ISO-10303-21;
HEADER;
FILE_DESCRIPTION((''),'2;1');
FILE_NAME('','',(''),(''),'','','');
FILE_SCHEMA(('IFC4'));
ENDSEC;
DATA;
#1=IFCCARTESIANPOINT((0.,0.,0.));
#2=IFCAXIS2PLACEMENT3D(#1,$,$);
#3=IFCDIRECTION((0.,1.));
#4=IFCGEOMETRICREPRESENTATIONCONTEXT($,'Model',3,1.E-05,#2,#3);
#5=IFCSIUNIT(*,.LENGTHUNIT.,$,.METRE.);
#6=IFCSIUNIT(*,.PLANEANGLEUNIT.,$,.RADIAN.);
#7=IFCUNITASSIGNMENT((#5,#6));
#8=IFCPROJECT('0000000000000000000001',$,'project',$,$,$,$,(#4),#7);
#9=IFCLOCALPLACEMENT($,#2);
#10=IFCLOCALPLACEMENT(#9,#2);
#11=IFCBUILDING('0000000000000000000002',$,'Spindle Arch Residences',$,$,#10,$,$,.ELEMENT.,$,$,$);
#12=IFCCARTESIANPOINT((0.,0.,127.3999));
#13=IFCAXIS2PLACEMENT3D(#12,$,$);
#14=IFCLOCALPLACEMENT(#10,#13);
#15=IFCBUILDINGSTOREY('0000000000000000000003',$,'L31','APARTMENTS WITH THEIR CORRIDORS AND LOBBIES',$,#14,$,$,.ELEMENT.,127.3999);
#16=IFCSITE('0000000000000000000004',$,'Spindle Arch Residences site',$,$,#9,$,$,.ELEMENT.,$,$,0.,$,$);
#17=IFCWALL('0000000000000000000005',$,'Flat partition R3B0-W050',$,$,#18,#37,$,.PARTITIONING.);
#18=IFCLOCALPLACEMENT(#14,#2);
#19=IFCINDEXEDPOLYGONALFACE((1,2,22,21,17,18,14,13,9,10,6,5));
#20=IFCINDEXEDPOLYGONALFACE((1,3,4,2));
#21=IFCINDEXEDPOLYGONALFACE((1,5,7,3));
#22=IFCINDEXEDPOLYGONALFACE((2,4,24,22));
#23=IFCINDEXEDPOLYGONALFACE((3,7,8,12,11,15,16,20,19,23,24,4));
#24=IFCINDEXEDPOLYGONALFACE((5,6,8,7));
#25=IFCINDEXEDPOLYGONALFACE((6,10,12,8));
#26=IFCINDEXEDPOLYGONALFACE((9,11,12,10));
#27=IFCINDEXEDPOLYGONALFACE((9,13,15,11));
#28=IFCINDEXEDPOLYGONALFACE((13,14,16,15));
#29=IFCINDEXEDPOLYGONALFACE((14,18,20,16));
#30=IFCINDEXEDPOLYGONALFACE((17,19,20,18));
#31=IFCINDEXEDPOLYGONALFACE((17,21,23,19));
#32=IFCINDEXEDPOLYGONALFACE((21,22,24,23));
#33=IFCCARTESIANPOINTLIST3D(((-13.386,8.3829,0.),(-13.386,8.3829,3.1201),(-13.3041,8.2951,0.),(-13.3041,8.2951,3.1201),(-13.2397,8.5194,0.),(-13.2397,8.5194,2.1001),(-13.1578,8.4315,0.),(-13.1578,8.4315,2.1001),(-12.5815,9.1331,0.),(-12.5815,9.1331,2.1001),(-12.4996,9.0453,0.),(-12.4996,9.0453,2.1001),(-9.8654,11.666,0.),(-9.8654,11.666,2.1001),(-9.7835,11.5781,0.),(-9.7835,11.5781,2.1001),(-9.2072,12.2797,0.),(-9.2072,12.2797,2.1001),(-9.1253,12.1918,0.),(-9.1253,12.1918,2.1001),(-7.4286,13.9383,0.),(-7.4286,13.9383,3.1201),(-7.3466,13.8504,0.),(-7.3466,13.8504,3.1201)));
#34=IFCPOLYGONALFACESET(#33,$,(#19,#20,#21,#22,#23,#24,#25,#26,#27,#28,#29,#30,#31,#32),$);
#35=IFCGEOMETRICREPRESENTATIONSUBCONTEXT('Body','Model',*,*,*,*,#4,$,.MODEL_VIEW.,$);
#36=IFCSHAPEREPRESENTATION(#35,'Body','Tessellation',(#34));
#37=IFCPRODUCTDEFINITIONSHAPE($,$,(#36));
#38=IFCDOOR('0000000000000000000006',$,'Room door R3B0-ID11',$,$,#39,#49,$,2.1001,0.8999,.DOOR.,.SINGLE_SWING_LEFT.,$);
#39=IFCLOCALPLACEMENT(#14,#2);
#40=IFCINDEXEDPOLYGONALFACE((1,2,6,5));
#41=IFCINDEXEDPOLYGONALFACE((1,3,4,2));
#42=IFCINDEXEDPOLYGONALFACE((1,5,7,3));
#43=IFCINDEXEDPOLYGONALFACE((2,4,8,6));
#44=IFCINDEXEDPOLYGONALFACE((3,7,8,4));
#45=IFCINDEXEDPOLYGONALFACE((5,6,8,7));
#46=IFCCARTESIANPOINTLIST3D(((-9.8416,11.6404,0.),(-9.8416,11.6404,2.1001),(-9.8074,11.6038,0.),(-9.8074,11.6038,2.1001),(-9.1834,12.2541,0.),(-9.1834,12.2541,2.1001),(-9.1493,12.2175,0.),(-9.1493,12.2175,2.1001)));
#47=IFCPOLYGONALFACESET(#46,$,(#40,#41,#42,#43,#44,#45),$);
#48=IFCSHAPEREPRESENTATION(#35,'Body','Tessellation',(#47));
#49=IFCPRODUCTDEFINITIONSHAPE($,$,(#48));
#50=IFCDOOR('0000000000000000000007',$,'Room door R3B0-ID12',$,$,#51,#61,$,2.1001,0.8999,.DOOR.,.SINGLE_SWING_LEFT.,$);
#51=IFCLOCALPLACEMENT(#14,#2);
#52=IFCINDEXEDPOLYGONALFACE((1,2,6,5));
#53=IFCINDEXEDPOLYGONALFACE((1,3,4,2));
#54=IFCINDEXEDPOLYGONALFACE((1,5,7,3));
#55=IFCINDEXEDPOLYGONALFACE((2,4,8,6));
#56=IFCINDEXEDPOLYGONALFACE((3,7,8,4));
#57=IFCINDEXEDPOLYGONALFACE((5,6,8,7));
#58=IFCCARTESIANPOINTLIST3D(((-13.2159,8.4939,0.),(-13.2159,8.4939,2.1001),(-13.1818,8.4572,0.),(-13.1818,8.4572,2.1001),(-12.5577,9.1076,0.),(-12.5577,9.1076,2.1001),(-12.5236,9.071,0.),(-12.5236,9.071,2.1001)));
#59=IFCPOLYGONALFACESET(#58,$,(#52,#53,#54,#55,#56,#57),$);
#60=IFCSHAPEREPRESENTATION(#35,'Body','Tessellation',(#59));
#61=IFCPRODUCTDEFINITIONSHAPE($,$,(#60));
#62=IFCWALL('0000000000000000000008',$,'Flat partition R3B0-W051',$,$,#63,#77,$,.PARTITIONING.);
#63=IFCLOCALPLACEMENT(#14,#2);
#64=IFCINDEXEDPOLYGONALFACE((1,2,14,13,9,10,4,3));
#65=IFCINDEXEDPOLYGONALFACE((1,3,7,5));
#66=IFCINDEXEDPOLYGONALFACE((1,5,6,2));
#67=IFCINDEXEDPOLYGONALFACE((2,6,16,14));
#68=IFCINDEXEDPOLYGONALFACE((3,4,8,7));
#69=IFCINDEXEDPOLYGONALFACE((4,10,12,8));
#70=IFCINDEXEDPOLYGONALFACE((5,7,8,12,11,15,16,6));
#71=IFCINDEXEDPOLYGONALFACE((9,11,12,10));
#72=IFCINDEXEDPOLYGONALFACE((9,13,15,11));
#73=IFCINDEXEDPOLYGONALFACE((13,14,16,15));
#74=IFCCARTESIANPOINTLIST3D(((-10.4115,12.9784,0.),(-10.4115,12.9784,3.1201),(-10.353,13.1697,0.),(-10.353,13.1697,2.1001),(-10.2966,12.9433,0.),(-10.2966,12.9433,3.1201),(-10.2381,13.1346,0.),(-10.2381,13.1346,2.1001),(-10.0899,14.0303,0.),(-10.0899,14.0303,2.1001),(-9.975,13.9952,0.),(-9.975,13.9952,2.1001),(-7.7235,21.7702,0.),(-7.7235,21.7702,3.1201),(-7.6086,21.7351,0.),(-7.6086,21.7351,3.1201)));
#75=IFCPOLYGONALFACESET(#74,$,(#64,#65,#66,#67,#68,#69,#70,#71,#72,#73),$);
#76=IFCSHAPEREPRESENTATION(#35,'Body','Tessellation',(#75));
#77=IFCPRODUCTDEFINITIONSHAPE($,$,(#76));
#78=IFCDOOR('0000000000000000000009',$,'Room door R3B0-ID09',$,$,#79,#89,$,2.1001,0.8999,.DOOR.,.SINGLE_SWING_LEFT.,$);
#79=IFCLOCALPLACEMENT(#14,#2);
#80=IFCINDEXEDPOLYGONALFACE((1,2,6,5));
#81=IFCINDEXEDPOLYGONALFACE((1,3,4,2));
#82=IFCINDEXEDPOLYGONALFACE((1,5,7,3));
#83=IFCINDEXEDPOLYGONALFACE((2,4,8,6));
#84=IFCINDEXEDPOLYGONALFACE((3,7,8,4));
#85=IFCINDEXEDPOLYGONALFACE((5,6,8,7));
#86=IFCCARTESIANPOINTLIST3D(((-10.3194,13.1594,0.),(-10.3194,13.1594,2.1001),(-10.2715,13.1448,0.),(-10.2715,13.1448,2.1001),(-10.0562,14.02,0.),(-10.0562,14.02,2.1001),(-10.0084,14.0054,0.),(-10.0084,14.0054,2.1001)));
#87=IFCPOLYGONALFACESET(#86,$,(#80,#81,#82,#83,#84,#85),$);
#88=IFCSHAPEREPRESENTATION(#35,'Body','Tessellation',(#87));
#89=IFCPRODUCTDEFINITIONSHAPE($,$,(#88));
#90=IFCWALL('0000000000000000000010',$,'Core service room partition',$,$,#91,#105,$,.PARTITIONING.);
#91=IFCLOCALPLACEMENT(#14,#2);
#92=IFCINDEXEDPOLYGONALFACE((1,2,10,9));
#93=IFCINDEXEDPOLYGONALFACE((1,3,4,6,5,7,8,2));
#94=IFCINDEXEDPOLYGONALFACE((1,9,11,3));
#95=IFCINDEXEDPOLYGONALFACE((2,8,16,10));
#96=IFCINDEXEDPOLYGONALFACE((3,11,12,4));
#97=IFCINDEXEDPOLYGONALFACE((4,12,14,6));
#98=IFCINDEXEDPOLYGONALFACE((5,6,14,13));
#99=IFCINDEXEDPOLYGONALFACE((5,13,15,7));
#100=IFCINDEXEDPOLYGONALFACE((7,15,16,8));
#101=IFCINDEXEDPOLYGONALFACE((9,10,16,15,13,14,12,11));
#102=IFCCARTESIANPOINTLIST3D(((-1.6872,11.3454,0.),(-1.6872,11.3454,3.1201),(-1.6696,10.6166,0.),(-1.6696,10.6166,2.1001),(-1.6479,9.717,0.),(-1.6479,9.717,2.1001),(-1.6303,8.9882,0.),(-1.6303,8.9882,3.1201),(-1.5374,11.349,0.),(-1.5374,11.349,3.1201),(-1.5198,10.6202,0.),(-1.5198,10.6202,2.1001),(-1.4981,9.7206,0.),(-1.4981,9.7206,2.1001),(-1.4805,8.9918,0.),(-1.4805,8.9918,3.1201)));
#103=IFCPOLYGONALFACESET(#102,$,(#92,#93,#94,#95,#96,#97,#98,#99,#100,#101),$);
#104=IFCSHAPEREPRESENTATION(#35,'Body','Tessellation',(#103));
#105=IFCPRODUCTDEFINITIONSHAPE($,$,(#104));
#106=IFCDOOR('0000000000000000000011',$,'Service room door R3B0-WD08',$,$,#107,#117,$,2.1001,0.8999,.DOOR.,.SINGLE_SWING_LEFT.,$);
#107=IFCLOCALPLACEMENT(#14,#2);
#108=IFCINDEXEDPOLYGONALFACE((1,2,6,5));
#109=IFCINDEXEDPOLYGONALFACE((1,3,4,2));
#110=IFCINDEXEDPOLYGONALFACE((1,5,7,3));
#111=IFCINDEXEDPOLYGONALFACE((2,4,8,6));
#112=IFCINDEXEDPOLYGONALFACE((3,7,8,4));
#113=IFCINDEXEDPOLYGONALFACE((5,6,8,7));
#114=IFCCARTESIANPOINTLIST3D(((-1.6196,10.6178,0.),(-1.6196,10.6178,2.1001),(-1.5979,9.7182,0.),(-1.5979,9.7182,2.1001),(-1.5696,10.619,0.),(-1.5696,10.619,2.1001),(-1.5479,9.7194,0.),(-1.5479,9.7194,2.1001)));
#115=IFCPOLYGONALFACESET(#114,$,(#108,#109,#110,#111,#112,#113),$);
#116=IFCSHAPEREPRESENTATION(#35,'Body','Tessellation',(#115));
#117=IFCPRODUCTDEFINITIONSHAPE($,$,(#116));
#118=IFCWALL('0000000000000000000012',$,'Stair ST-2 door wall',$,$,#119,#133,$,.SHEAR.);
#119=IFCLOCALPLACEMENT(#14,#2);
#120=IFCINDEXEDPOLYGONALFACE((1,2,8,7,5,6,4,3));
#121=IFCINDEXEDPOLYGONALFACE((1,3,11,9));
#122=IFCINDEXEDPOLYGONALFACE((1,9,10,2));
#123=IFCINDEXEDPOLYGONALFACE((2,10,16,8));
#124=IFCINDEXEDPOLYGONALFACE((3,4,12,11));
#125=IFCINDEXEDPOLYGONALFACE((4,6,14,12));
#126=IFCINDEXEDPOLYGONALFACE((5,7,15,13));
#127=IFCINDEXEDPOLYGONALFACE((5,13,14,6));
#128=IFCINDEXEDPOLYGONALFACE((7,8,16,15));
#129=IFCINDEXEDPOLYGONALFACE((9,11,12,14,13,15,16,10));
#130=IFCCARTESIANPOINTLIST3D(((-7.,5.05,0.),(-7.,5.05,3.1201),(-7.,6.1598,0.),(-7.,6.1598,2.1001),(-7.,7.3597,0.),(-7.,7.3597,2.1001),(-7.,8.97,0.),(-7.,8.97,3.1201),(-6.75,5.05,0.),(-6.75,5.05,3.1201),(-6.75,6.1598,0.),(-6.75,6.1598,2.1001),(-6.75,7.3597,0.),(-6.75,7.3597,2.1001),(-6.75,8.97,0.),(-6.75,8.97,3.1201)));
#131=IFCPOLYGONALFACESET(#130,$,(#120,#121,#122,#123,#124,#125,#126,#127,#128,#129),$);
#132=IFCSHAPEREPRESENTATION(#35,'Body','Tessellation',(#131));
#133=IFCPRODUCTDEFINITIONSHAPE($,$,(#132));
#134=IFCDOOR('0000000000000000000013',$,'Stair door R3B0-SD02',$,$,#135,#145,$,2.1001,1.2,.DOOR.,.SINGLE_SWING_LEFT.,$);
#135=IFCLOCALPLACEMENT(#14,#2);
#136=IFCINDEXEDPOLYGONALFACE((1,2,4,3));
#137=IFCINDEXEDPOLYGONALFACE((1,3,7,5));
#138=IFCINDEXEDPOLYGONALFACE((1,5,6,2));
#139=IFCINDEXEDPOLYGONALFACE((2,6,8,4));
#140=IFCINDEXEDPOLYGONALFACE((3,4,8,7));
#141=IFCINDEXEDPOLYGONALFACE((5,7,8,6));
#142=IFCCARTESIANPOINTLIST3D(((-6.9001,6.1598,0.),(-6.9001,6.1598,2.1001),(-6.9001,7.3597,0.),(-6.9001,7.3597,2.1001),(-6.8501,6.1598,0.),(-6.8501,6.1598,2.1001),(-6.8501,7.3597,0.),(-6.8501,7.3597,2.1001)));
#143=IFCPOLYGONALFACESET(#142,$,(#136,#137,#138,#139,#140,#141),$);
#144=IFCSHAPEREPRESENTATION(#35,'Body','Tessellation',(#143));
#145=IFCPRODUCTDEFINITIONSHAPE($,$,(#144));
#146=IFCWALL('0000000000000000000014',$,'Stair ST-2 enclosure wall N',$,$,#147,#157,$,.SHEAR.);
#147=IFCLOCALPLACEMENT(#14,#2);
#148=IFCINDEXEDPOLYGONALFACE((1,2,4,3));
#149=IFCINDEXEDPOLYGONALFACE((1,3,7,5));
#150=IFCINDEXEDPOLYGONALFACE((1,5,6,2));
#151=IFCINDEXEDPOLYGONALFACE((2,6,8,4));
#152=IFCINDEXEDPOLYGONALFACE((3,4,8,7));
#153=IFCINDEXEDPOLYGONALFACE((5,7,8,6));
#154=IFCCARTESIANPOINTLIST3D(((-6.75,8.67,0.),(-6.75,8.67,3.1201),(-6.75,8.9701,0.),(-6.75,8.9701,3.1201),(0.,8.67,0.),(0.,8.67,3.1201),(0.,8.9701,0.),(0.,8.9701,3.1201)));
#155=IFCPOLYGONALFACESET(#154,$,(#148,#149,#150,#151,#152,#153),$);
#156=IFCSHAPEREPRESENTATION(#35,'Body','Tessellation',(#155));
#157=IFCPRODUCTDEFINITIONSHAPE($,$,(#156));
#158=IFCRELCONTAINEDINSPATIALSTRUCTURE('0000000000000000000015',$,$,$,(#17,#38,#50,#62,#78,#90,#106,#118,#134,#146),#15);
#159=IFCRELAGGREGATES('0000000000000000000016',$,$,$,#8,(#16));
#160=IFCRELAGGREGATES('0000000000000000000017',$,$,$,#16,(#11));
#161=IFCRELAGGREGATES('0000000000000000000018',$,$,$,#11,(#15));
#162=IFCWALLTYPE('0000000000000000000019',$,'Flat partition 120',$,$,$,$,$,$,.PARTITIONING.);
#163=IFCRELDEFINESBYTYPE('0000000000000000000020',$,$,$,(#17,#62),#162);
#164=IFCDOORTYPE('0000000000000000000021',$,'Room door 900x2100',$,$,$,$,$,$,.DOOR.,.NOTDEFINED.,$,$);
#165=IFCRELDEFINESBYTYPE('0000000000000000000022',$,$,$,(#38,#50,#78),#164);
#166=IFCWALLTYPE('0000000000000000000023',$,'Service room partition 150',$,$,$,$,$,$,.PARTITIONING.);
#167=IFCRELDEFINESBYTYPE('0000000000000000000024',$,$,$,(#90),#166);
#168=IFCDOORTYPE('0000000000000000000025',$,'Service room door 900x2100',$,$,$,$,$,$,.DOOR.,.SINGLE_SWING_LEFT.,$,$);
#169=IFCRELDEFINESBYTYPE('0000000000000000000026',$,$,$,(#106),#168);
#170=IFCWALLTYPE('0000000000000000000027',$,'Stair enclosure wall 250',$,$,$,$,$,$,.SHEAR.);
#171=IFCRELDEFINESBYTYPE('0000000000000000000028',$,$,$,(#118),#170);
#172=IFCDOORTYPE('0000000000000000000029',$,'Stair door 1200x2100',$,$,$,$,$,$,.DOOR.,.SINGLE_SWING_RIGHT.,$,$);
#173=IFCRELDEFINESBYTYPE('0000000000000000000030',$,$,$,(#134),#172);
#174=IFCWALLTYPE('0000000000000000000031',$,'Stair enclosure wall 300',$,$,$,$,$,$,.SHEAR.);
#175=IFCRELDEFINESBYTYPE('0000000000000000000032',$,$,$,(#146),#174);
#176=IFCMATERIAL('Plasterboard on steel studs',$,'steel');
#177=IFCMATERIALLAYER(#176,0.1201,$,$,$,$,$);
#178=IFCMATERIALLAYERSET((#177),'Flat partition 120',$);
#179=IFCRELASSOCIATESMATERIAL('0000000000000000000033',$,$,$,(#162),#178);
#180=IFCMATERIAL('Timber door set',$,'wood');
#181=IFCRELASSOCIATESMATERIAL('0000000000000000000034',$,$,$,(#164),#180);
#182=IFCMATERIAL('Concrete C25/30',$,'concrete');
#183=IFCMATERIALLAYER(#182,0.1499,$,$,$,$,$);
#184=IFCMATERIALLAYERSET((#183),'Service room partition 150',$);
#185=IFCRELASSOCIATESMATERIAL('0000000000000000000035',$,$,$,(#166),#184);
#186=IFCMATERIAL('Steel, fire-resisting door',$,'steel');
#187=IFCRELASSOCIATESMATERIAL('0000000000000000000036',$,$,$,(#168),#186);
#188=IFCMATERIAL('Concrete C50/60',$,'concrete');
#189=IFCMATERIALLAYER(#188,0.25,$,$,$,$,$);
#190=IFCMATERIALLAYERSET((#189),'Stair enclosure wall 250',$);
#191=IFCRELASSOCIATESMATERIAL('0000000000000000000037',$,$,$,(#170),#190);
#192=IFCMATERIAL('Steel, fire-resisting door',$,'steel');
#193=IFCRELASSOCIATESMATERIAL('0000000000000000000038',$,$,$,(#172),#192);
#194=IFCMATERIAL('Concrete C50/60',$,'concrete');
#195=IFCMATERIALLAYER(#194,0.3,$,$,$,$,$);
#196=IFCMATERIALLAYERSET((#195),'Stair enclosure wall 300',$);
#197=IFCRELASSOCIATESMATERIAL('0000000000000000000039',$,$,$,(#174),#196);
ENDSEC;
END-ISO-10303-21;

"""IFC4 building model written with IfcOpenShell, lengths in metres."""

from ifc_helpers import new_model, si_unit, direction, frame, frame_2d, origin, place, context, subcontext, project, spatial, rectangle, extrude, material, layer, layer_set, type_object, element, fill, save


model = new_model("IFC4")

# Units and contexts
model_context = context("Model", 3, precision=1e-05, world=origin(), true_north=direction((0.0, 1.0)))
body_context = subcontext(model_context, "Body", "Model", "MODEL_VIEW")
ifc_project = project(units=[si_unit("LENGTHUNIT", "METRE"), si_unit("PLANEANGLEUNIT", "RADIAN")], contexts=[model_context])

# Site, building, storey
site_placement = place(None, origin())
site = spatial("IfcSite", under=ifc_project, at=site_placement, Name="Spindle Arch Residences site", CompositionType="ELEMENT", RefElevation=0.0)
building_placement = place(site_placement, origin())
building = spatial("IfcBuilding", under=site, at=building_placement, Name="Spindle Arch Residences", CompositionType="ELEMENT")
storey_placement = place(building_placement, frame((0.0, 0.0, 127.3999)))
storey = spatial("IfcBuildingStorey", under=building, at=storey_placement, Name="L31", Description="APARTMENTS WITH THEIR CORRIDORS AND LOBBIES", CompositionType="ELEMENT", Elevation=127.3999)

# Shared definitions
ifc_material_1 = material(Name="Plasterboard on steel studs", Category="steel")
ifc_layer_1 = layer(ifc_material_1, 0.1201)
ifc_layer_set_1 = layer_set([ifc_layer_1], Name="Flat partition 120")
wall_type_1 = type_object("IfcWallType", Name="Flat partition 120", PredefinedType="PARTITIONING", material=ifc_layer_set_1)
ifc_material_2 = material(Name="Timber door set", Category="wood")
door_type_1 = type_object("IfcDoorType", Name="Room door 900x2100", OperationType="NOTDEFINED", PredefinedType="DOOR", material=ifc_material_2)

# Wall, openings, doors
wall_1_placement = place(storey_placement, frame((-7.3877, 13.8943, 0.0), z_axis=(0.0, 0.0, 1.0), x_axis=(-0.731357, -0.681995, 0.0)))
wall_1 = element("IfcWall", 1, at=wall_1_placement, inside=storey, type_object=wall_type_1, Name="Flat partition R3B0-W050", PredefinedType="PARTITIONING", context=body_context, shape_type="SweptSolid", body=[
    extrude(rectangle(XDim=8.1458, YDim=0.1201, at=frame_2d((4.0728, 0.0))), origin(), (0.0, 0.0, 1.0), 3.1201),
])
opening_1_placement = place(wall_1_placement, frame((2.4319, 0.0, 0.0)))
opening_1 = element("IfcOpeningElement", 2, at=opening_1_placement, cuts=wall_1, PredefinedType="OPENING", context=body_context, shape_type="SweptSolid", body=[
    extrude(rectangle(XDim=0.8999, YDim=2.1001, at=frame_2d((0.45, 1.05))), frame((0.0, 0.0701, 0.0), z_axis=(0.0, -1.0, 0.0), x_axis=(1.0, 0.0, 0.0)), (0.0, 0.0, 1.0), 0.1401),
])
opening_2_placement = place(wall_1_placement, frame((7.0457, 0.0, 0.0)))
opening_2 = element("IfcOpeningElement", 3, at=opening_2_placement, cuts=wall_1, PredefinedType="OPENING", context=body_context, shape_type="SweptSolid", body=[
    extrude(rectangle(XDim=0.8999, YDim=2.1001, at=frame_2d((0.45, 1.05))), frame((0.0, 0.0701, 0.0), z_axis=(0.0, -1.0, 0.0), x_axis=(1.0, 0.0, 0.0)), (0.0, 0.0, 1.0), 0.1401),
])
door_1_placement = place(opening_1_placement, origin())
door_1 = element("IfcDoor", 4, at=door_1_placement, inside=storey, type_object=door_type_1, Name="Room door R3B0-ID11", OperationType="SINGLE_SWING_LEFT", OverallHeight=2.1001, OverallWidth=0.8999, PredefinedType="DOOR", context=body_context, shape_type="SweptSolid", body=[
    extrude(rectangle(XDim=0.8999, YDim=2.1001, at=frame_2d((0.45, 1.05))), frame((0.0, 0.0249, 0.0), z_axis=(0.0, -1.0, 0.0), x_axis=(1.0, 0.0, 0.0)), (0.0, 0.0, 1.0), 0.05),
])
fill(opening_1, door_1)
door_2_placement = place(opening_2_placement, origin())
door_2 = element("IfcDoor", 5, at=door_2_placement, inside=storey, type_object=door_type_1, Name="Room door R3B0-ID12", OperationType="SINGLE_SWING_LEFT", OverallHeight=2.1001, OverallWidth=0.8999, PredefinedType="DOOR", context=body_context, shape_type="SweptSolid", body=[
    extrude(rectangle(XDim=0.8999, YDim=2.1001, at=frame_2d((0.45, 1.05))), frame((0.0, 0.0249, 0.0), z_axis=(0.0, -1.0, 0.0), x_axis=(1.0, 0.0, 0.0)), (0.0, 0.0, 1.0), 0.05),
])
fill(opening_2, door_2)

# Walls, openings, doors
wall_2_placement = place(storey_placement, frame((-10.354, 12.9609, 0.0), z_axis=(0.0, 0.0, 1.0), x_axis=(0.29238, 0.956302, 0.0)))
wall_2 = element("IfcWall", 6, at=wall_2_placement, inside=storey, type_object=wall_type_1, Name="Flat partition R3B0-W051", PredefinedType="PARTITIONING", context=body_context, shape_type="SweptSolid", body=[
    extrude(rectangle(XDim=9.1936, YDim=0.1201, at=frame_2d((4.5967, 0.0))), origin(), (0.0, 0.0, 1.0), 3.1201),
])
opening_3_placement = place(wall_2_placement, frame((0.2, 0.0, 0.0)))
opening_3 = element("IfcOpeningElement", 7, at=opening_3_placement, cuts=wall_2, PredefinedType="OPENING", context=body_context, shape_type="SweptSolid", body=[
    extrude(rectangle(XDim=0.8999, YDim=2.1001, at=frame_2d((0.45, 1.05))), frame((0.0, 0.0701, 0.0), z_axis=(0.0, -1.0, 0.0), x_axis=(1.0, 0.0, 0.0)), (0.0, 0.0, 1.0), 0.1401),
])
door_3_placement = place(opening_3_placement, origin())
door_3 = element("IfcDoor", 8, at=door_3_placement, inside=storey, type_object=door_type_1, Name="Room door R3B0-ID09", OperationType="SINGLE_SWING_LEFT", OverallHeight=2.1001, OverallWidth=0.8999, PredefinedType="DOOR", context=body_context, shape_type="SweptSolid", body=[
    extrude(rectangle(XDim=0.8999, YDim=2.1001, at=frame_2d((0.45, 1.05))), frame((0.0, 0.0249, 0.0), z_axis=(0.0, -1.0, 0.0), x_axis=(1.0, 0.0, 0.0)), (0.0, 0.0, 1.0), 0.05),
])
fill(opening_3, door_3)
ifc_material_3 = material(Name="Concrete C25/30", Category="concrete")
ifc_layer_2 = layer(ifc_material_3, 0.1499)
ifc_layer_set_2 = layer_set([ifc_layer_2], Name="Service room partition 150")
wall_type_2 = type_object("IfcWallType", Name="Service room partition 150", PredefinedType="PARTITIONING", material=ifc_layer_set_2)
wall_3_placement = place(storey_placement, frame((-1.5554, 8.99, 0.0), z_axis=(0.0, 0.0, 1.0), x_axis=(-0.024126, 0.999709, 0.0)))
wall_3 = element("IfcWall", 9, at=wall_3_placement, inside=storey, type_object=wall_type_2, Name="Core service room partition", PredefinedType="PARTITIONING", context=body_context, shape_type="SweptSolid", body=[
    extrude(rectangle(XDim=2.3579, YDim=0.1499, at=frame_2d((1.179, 0.0))), origin(), (0.0, 0.0, 1.0), 3.1201),
])
opening_4_placement = place(wall_3_placement, frame((0.729, 0.0, 0.0)))
opening_4 = element("IfcOpeningElement", 10, at=opening_4_placement, cuts=wall_3, PredefinedType="OPENING", context=body_context, shape_type="SweptSolid", body=[
    extrude(rectangle(XDim=0.8999, YDim=2.1001, at=frame_2d((0.45, 1.05))), frame((0.0, 0.085, 0.0), z_axis=(0.0, -1.0, 0.0), x_axis=(1.0, 0.0, 0.0)), (0.0, 0.0, 1.0), 0.1699),
])
ifc_material_4 = material(Name="Steel, fire-resisting door", Category="steel")
door_type_2 = type_object("IfcDoorType", Name="Service room door 900x2100", OperationType="SINGLE_SWING_LEFT", PredefinedType="DOOR", material=ifc_material_4)
door_4_placement = place(opening_4_placement, origin())
door_4 = element("IfcDoor", 11, at=door_4_placement, inside=storey, type_object=door_type_2, Name="Service room door R3B0-WD08", OperationType="SINGLE_SWING_LEFT", OverallHeight=2.1001, OverallWidth=0.8999, PredefinedType="DOOR", context=body_context, shape_type="SweptSolid", body=[
    extrude(rectangle(XDim=0.8999, YDim=2.1001, at=frame_2d((0.45, 1.05))), frame((0.0, 0.0249, 0.0), z_axis=(0.0, -1.0, 0.0), x_axis=(1.0, 0.0, 0.0)), (0.0, 0.0, 1.0), 0.05),
])
fill(opening_4, door_4)
ifc_material_5 = material(Name="Concrete C50/60", Category="concrete")
ifc_layer_3 = layer(ifc_material_5, 0.25)
ifc_layer_set_3 = layer_set([ifc_layer_3], Name="Stair enclosure wall 250")
wall_type_3 = type_object("IfcWallType", Name="Stair enclosure wall 250", PredefinedType="SHEAR", material=ifc_layer_set_3)
wall_4_placement = place(storey_placement, frame((-6.875, 8.97, 0.0), z_axis=(0.0, 0.0, 1.0), x_axis=(0.0, -1.0, 0.0)))
wall_4 = element("IfcWall", 12, at=wall_4_placement, inside=storey, type_object=wall_type_3, Name="Stair ST-2 door wall", PredefinedType="SHEAR", context=body_context, shape_type="SweptSolid", body=[
    extrude(rectangle(XDim=3.9199, YDim=0.25, at=frame_2d((1.96, 0.0))), origin(), (0.0, 0.0, 1.0), 3.1201),
])
opening_5_placement = place(wall_4_placement, frame((1.6101, 0.0, 0.0)))
opening_5 = element("IfcOpeningElement", 13, at=opening_5_placement, cuts=wall_4, PredefinedType="OPENING", context=body_context, shape_type="SweptSolid", body=[
    extrude(rectangle(XDim=1.2, YDim=2.1001, at=frame_2d((0.6001, 1.05))), frame((0.0, 0.135, 0.0), z_axis=(0.0, -1.0, 0.0), x_axis=(1.0, 0.0, 0.0)), (0.0, 0.0, 1.0), 0.27),
])
ifc_material_6 = material(Name="Steel, fire-resisting door", Category="steel")
door_type_3 = type_object("IfcDoorType", Name="Stair door 1200x2100", OperationType="SINGLE_SWING_RIGHT", PredefinedType="DOOR", material=ifc_material_6)
door_5_placement = place(opening_5_placement, origin())
door_5 = element("IfcDoor", 14, at=door_5_placement, inside=storey, type_object=door_type_3, Name="Stair door R3B0-SD02", OperationType="SINGLE_SWING_LEFT", OverallHeight=2.1001, OverallWidth=1.2, PredefinedType="DOOR", context=body_context, shape_type="SweptSolid", body=[
    extrude(rectangle(XDim=1.2, YDim=2.1001, at=frame_2d((0.6001, 1.05))), frame((0.0, 0.0249, 0.0), z_axis=(0.0, -1.0, 0.0), x_axis=(1.0, 0.0, 0.0)), (0.0, 0.0, 1.0), 0.05),
])
fill(opening_5, door_5)

# Wall
ifc_material_7 = material(Name="Concrete C50/60", Category="concrete")
ifc_layer_4 = layer(ifc_material_7, 0.3)
ifc_layer_set_4 = layer_set([ifc_layer_4], Name="Stair enclosure wall 300")
wall_type_4 = type_object("IfcWallType", Name="Stair enclosure wall 300", PredefinedType="SHEAR", material=ifc_layer_set_4)
wall_5_placement = place(storey_placement, frame((-6.75, 8.8201, 0.0), z_axis=(0.0, 0.0, 1.0), x_axis=(1.0, 0.0, 0.0)))
element("IfcWall", 15, at=wall_5_placement, inside=storey, type_object=wall_type_4, Name="Stair ST-2 enclosure wall N", PredefinedType="SHEAR", context=body_context, shape_type="SweptSolid", body=[
    extrude(rectangle(XDim=6.75, YDim=0.3, at=frame_2d((3.375, 0.0))), origin(), (0.0, 0.0, 1.0), 3.1201),
])

save(model, "model.ifc")
